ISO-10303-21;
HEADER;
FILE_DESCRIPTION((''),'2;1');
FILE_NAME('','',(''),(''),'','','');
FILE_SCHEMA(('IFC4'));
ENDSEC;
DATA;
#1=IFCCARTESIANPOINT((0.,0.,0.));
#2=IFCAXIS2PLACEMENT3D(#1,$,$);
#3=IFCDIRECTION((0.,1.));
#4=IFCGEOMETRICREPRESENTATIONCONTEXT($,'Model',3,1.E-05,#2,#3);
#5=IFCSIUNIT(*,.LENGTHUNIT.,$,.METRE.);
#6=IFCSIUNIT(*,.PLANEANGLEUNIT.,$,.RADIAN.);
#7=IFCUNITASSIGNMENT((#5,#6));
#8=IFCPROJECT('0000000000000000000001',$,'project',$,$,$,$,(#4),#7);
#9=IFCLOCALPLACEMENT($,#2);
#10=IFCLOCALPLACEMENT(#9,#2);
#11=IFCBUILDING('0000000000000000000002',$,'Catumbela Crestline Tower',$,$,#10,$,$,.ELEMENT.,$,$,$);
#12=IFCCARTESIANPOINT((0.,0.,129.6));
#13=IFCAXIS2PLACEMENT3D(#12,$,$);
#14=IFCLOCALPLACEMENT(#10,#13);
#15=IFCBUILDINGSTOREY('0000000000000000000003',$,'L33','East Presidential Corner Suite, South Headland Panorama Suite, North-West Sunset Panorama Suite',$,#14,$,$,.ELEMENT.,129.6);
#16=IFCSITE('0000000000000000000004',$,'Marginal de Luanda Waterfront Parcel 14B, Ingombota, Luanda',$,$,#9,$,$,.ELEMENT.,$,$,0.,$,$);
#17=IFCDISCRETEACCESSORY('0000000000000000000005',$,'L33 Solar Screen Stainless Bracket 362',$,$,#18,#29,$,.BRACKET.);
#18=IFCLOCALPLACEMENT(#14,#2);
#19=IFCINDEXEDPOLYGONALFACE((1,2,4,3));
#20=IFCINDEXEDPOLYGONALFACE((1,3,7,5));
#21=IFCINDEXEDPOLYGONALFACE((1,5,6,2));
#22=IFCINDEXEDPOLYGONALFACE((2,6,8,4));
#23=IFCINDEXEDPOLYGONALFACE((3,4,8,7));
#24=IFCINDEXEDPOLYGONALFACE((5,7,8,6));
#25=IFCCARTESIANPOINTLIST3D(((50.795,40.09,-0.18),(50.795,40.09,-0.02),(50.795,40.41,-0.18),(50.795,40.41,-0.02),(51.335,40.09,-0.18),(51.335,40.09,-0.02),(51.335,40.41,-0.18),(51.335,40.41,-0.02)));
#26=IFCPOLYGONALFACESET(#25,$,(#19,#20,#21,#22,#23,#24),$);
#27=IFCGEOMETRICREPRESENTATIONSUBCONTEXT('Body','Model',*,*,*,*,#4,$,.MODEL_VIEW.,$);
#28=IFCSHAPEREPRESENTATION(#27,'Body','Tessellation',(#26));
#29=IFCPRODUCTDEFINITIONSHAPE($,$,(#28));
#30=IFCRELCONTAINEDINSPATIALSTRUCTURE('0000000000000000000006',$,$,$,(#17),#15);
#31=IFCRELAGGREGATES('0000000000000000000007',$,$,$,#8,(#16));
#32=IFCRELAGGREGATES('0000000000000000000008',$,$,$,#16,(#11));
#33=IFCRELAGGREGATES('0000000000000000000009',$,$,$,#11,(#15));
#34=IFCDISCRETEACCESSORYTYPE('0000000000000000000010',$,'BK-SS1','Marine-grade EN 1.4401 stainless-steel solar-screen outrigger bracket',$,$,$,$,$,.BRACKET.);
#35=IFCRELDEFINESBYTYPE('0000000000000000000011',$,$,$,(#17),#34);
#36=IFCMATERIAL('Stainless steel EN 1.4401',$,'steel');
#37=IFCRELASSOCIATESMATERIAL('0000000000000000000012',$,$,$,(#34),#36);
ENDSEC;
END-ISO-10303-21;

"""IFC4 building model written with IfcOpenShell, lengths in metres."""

from ifc_helpers import new_model, si_unit, direction, frame, origin, origin_2d, place, context, subcontext, project, spatial, rectangle, extrude, material, type_object, element, save


model = new_model("IFC4")

# Units and contexts
model_context = context("Model", 3, precision=1e-05, world=origin(), true_north=direction((0.0, 1.0)))
body_context = subcontext(model_context, "Body", "Model", "MODEL_VIEW")
ifc_project = project(units=[si_unit("LENGTHUNIT", "METRE"), si_unit("PLANEANGLEUNIT", "RADIAN")], contexts=[model_context])

# Site, building, storey
site_placement = place(None, origin())
site = spatial("IfcSite", under=ifc_project, at=site_placement, Name="Marginal de Luanda Waterfront Parcel 14B, Ingombota, Luanda", CompositionType="ELEMENT", RefElevation=0.0)
building_placement = place(site_placement, origin())
building = spatial("IfcBuilding", under=site, at=building_placement, Name="Catumbela Crestline Tower", CompositionType="ELEMENT")
storey_placement = place(building_placement, frame((0.0, 0.0, 129.6)))
storey = spatial("IfcBuildingStorey", under=building, at=storey_placement, Name="L33", Description="East Presidential Corner Suite, South Headland Panorama Suite, North-West Sunset Panorama Suite", CompositionType="ELEMENT", Elevation=129.6)

# Discrete accessory
ifc_material_1 = material(Name="Stainless steel EN 1.4401", Category="steel")
discrete_accessory_type = type_object("IfcDiscreteAccessoryType", Name="BK-SS1", Description="Marine-grade EN 1.4401 stainless-steel solar-screen outrigger bracket", PredefinedType="BRACKET", material=ifc_material_1)
discrete_accessory_placement = place(storey_placement, frame((51.065, 40.25, -0.18), z_axis=(0.0, 0.0, 1.0), x_axis=(0.0, 1.0, 0.0)))
element("IfcDiscreteAccessory", 1, at=discrete_accessory_placement, inside=storey, type_object=discrete_accessory_type, Name="L33 Solar Screen Stainless Bracket 362", PredefinedType="BRACKET", context=body_context, shape_type="SweptSolid", body=[
    extrude(rectangle(XDim=0.32, YDim=0.54, at=origin_2d()), origin(), (0.0, 0.0, 1.0), 0.16),
])

save(model, "model.ifc")
